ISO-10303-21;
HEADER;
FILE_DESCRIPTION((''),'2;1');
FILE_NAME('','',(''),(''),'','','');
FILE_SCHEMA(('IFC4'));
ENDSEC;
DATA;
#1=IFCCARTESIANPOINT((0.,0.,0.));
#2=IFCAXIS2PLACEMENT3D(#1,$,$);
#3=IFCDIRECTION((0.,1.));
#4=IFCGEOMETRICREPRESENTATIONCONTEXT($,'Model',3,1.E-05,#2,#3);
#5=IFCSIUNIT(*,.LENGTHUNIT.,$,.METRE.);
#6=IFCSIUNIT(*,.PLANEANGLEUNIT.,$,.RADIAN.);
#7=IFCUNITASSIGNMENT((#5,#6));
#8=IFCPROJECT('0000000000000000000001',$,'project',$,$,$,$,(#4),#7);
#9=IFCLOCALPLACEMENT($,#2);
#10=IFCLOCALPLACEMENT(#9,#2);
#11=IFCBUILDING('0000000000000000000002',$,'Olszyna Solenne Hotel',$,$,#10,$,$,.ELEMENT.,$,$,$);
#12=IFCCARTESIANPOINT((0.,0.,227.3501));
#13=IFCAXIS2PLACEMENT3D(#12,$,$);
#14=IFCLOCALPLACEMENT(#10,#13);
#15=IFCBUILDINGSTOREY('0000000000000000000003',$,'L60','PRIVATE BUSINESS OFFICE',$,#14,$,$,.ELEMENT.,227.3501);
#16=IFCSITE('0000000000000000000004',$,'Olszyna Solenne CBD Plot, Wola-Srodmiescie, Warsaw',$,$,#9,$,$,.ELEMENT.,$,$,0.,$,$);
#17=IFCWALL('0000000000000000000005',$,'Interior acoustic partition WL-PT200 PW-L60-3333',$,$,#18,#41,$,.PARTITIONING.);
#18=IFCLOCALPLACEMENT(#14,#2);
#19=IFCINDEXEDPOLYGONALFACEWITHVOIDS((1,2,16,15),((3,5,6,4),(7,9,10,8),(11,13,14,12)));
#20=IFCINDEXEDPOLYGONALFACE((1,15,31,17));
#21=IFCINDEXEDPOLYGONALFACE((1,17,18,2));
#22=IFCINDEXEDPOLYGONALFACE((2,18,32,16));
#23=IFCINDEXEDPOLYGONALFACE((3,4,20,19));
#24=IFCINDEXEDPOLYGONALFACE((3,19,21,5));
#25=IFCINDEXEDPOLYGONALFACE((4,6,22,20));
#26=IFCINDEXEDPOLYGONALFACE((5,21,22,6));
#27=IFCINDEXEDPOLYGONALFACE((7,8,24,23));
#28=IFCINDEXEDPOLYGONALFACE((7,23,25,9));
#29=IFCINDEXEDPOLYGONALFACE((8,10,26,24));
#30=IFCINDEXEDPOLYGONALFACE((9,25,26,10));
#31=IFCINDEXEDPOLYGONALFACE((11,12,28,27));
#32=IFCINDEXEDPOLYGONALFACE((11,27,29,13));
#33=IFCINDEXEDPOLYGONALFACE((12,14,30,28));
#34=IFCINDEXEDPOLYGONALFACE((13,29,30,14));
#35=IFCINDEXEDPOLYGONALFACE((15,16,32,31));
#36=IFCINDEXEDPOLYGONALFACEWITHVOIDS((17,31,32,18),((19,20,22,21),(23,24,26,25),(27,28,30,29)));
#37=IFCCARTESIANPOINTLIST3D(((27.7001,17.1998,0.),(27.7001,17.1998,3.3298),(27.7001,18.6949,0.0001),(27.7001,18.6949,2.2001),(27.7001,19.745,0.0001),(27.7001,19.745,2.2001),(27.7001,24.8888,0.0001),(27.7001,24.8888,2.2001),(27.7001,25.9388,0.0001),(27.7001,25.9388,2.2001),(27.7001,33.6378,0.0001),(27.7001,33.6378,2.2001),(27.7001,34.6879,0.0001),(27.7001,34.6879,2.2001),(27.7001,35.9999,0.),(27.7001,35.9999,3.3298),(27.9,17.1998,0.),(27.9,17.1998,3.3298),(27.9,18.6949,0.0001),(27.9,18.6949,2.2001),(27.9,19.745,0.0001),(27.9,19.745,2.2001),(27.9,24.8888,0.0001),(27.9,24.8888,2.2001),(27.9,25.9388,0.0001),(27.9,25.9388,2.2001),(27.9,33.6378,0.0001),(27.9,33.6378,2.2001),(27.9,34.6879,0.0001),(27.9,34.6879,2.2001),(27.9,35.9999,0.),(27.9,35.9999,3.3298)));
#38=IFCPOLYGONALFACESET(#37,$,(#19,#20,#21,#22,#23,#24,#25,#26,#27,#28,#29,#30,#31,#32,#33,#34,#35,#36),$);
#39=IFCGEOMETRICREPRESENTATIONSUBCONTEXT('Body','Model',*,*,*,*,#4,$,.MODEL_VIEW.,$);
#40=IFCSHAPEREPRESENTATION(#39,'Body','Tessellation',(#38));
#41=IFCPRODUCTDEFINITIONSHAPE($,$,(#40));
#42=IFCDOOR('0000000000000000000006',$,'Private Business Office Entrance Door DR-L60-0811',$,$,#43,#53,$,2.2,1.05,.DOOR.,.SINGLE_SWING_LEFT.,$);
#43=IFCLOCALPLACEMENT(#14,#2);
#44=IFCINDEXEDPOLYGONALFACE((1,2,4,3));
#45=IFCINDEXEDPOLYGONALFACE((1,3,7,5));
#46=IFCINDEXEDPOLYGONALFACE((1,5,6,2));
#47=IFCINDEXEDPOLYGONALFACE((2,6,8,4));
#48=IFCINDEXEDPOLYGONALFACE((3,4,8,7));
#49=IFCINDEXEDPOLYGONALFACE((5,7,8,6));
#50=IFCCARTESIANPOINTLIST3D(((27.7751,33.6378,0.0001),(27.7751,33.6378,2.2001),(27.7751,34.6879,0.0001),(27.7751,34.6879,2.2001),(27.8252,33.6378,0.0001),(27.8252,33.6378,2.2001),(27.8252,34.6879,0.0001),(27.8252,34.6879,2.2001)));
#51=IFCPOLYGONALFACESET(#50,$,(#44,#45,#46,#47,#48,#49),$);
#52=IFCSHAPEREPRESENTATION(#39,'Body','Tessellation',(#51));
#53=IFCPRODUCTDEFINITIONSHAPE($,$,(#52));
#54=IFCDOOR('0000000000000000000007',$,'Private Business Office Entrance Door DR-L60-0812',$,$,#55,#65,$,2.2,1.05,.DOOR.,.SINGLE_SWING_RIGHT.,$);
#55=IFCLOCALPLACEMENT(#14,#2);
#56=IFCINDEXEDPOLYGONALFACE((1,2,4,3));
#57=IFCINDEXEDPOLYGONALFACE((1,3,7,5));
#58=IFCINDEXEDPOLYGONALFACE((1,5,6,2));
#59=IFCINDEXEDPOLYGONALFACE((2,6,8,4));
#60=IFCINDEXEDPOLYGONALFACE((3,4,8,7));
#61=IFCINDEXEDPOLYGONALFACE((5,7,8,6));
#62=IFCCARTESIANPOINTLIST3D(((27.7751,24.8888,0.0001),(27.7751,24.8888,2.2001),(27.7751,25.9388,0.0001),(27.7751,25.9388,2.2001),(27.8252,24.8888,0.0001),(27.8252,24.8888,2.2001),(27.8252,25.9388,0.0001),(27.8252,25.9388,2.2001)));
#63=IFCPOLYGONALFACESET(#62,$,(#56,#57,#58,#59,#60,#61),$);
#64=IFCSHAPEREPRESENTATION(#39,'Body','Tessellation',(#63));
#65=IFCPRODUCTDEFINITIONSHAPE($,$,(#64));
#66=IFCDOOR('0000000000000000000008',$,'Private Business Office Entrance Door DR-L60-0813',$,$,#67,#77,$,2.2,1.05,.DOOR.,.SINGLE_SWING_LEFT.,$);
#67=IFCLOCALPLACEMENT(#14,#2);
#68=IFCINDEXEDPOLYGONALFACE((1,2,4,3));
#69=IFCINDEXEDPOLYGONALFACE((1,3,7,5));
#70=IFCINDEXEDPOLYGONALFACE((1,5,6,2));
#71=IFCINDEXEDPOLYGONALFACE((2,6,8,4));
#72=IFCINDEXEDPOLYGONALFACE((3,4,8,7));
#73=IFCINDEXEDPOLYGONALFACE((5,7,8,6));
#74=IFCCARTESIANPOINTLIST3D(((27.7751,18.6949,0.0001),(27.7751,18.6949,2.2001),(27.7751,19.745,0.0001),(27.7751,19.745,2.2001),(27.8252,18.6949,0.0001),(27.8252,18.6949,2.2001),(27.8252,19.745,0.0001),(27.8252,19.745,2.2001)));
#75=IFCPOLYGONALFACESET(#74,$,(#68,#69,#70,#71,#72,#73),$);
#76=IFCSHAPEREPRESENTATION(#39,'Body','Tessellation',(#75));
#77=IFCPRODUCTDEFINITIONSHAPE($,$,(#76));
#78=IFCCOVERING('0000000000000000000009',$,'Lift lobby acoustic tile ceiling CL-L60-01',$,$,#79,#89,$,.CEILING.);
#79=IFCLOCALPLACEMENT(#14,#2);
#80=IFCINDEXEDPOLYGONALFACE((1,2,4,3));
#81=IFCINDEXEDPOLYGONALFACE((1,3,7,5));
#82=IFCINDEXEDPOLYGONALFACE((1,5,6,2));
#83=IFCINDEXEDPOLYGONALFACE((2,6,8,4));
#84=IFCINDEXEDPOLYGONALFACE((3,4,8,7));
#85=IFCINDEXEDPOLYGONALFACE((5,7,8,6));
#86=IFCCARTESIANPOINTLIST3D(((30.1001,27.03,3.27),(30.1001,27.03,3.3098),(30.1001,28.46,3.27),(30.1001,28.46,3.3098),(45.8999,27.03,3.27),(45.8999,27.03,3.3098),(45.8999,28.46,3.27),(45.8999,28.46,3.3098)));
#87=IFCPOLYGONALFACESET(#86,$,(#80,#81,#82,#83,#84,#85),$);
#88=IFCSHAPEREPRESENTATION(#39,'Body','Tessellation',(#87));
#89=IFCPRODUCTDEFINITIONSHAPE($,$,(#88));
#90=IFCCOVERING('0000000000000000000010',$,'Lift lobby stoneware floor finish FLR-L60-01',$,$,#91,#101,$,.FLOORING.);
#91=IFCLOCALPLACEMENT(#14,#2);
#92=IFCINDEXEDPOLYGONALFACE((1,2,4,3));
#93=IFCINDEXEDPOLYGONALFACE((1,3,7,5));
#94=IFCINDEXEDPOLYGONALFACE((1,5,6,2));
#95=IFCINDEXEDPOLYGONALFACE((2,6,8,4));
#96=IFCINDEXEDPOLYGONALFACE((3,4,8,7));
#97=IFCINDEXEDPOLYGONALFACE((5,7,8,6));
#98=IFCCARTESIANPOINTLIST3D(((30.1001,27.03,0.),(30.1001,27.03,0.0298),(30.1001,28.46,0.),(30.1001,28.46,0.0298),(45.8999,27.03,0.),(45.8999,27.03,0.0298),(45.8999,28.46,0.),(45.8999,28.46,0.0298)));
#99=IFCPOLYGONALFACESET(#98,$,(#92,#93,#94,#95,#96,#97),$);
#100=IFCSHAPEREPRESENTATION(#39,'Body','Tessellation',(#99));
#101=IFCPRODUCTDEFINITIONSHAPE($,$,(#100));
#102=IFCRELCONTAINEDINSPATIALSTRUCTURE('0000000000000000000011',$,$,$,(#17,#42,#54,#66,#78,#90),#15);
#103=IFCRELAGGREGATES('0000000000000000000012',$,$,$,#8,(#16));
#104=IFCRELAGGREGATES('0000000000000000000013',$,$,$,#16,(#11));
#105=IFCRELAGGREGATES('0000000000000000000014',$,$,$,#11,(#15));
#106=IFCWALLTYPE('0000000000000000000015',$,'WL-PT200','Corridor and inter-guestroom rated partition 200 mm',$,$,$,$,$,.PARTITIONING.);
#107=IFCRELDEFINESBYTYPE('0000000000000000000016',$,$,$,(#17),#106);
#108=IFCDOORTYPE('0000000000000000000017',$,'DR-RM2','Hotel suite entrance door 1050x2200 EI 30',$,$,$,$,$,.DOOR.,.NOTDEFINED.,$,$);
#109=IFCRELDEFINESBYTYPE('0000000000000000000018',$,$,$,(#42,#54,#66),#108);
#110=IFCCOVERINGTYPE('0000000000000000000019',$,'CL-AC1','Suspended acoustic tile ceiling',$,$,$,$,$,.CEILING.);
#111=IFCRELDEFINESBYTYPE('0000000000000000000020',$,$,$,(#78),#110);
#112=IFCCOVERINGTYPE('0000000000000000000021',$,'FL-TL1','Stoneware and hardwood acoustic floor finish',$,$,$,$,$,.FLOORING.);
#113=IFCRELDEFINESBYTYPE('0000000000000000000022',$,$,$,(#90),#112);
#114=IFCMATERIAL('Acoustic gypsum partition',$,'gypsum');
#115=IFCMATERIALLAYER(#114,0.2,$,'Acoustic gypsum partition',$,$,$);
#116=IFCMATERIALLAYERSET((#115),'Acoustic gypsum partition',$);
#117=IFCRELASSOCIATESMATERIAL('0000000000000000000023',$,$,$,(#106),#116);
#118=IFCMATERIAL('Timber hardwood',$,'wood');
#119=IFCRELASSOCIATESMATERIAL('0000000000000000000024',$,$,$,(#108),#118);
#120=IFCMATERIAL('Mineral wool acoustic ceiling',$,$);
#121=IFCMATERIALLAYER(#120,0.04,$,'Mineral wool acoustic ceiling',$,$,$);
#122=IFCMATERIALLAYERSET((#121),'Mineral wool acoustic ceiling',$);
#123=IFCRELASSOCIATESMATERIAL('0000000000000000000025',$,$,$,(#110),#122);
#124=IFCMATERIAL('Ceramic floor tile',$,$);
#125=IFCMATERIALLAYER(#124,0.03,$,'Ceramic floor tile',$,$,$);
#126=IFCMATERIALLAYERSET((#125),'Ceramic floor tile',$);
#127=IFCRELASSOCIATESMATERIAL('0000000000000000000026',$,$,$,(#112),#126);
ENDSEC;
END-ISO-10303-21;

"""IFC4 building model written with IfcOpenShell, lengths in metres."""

from ifc_helpers import new_model, si_unit, direction, frame, frame_2d, origin, place, context, subcontext, project, spatial, polyline, rectangle, outline, extrude, source, transform, mapped, material, layer, layer_set, type_object, type_shapes, element, fill, save


model = new_model("IFC4")

# Units and contexts
model_context = context("Model", 3, precision=1e-05, world=origin(), true_north=direction((0.0, 1.0)))
body_context = subcontext(model_context, "Body", "Model", "MODEL_VIEW")
ifc_project = project(units=[si_unit("LENGTHUNIT", "METRE"), si_unit("PLANEANGLEUNIT", "RADIAN")], contexts=[model_context])

# Site, building, storey
site_placement = place(None, origin())
site = spatial("IfcSite", under=ifc_project, at=site_placement, Name="Olszyna Solenne CBD Plot, Wola-Srodmiescie, Warsaw", CompositionType="ELEMENT", RefElevation=0.0)
building_placement = place(site_placement, origin())
building = spatial("IfcBuilding", under=site, at=building_placement, Name="Olszyna Solenne Hotel", CompositionType="ELEMENT")
storey_placement = place(building_placement, frame((0.0, 0.0, 227.3501)))
storey = spatial("IfcBuildingStorey", under=building, at=storey_placement, Name="L60", Description="PRIVATE BUSINESS OFFICE", CompositionType="ELEMENT", Elevation=227.3501)

# Shared definitions
ifc_material_1 = material(Name="Acoustic gypsum partition", Category="gypsum")
ifc_layer_1 = layer(ifc_material_1, 0.2, Name="Acoustic gypsum partition")
ifc_layer_set_1 = layer_set([ifc_layer_1], Name="Acoustic gypsum partition")
wall_type_1 = type_object("IfcWallType", Name="WL-PT200", Description="Corridor and inter-guestroom rated partition 200 mm", PredefinedType="PARTITIONING", material=ifc_layer_set_1)

# Wall, openings, doors
ifc_material_2 = material(Name="Timber hardwood", Category="wood")
door_type_1 = type_object("IfcDoorType", Name="DR-RM2", Description="Hotel suite entrance door 1050x2200 EI 30", OperationType="NOTDEFINED", PredefinedType="DOOR", material=ifc_material_2)
shared_shape_1 = source(origin(), body_context, "Body", "SweptSolid", [
    extrude(rectangle(XDim=1.05, YDim=2.2, at=frame_2d((0.5249, 1.1001))), frame((0.0, 0.0249, 0.0), z_axis=(0.0, -1.0, 0.0), x_axis=(1.0, 0.0, 0.0)), (0.0, 0.0, 1.0), 0.05),
])
type_shapes(door_type_1, [shared_shape_1])
wall_1_placement = place(storey_placement, frame((27.8, 17.2, 0.0), z_axis=(0.0, 0.0, 1.0), x_axis=(0.0, 1.0, 0.0)))
wall_1 = element("IfcWall", 1, at=wall_1_placement, inside=storey, type_object=wall_type_1, Name="Interior acoustic partition WL-PT200 PW-L60-3333", PredefinedType="PARTITIONING", context=body_context, shape_type="SweptSolid", body=[
    extrude(rectangle(XDim=18.8, YDim=0.2, at=frame_2d((9.3999, 0.0))), origin(), (0.0, 0.0, 1.0), 3.3298),
])
opening_1_placement = place(wall_1_placement, frame((16.438, 0.0, 0.0)))
opening_1 = element("IfcOpeningElement", 2, at=opening_1_placement, cuts=wall_1, PredefinedType="OPENING", context=body_context, shape_type="SweptSolid", body=[
    extrude(rectangle(XDim=1.05, YDim=2.2, at=frame_2d((0.5249, 1.1001))), frame((0.0, 0.1099, 0.0), z_axis=(0.0, -1.0, 0.0), x_axis=(1.0, 0.0, 0.0)), (0.0, 0.0, 1.0), 0.22),
])
opening_2_placement = place(wall_1_placement, frame((7.689, 0.0, 0.0)))
opening_2 = element("IfcOpeningElement", 3, at=opening_2_placement, cuts=wall_1, PredefinedType="OPENING", context=body_context, shape_type="SweptSolid", body=[
    extrude(rectangle(XDim=1.05, YDim=2.2, at=frame_2d((0.5249, 1.1001))), frame((0.0, 0.1099, 0.0), z_axis=(0.0, -1.0, 0.0), x_axis=(1.0, 0.0, 0.0)), (0.0, 0.0, 1.0), 0.22),
])
opening_3_placement = place(wall_1_placement, frame((1.4951, 0.0, 0.0)))
opening_3 = element("IfcOpeningElement", 4, at=opening_3_placement, cuts=wall_1, PredefinedType="OPENING", context=body_context, shape_type="SweptSolid", body=[
    extrude(rectangle(XDim=1.05, YDim=2.2, at=frame_2d((0.5249, 1.1001))), frame((0.0, 0.1099, 0.0), z_axis=(0.0, -1.0, 0.0), x_axis=(1.0, 0.0, 0.0)), (0.0, 0.0, 1.0), 0.22),
])
door_1_placement = place(opening_1_placement, origin())
door_1 = element("IfcDoor", 5, at=door_1_placement, inside=storey, type_object=door_type_1, Name="Private Business Office Entrance Door DR-L60-0811", OperationType="SINGLE_SWING_LEFT", OverallHeight=2.2, OverallWidth=1.05, PredefinedType="DOOR", context=body_context, shape_type="MappedRepresentation", body=[
    mapped(shared_shape_1, transform((0.0, 0.0, 0.0), x_axis=(1.0, 0.0, 0.0), y_axis=(0.0, 1.0, 0.0), z_axis=(0.0, 0.0, 1.0), scale=1.0)),
])
fill(opening_1, door_1)
door_2_placement = place(opening_2_placement, origin())
door_2 = element("IfcDoor", 6, at=door_2_placement, inside=storey, type_object=door_type_1, Name="Private Business Office Entrance Door DR-L60-0812", OperationType="SINGLE_SWING_RIGHT", OverallHeight=2.2, OverallWidth=1.05, PredefinedType="DOOR", context=body_context, shape_type="MappedRepresentation", body=[
    mapped(shared_shape_1, transform((0.0, 0.0, 0.0), x_axis=(1.0, 0.0, 0.0), y_axis=(0.0, 1.0, 0.0), z_axis=(0.0, 0.0, 1.0), scale=1.0)),
])
fill(opening_2, door_2)
door_3_placement = place(opening_3_placement, origin())
door_3 = element("IfcDoor", 7, at=door_3_placement, inside=storey, type_object=door_type_1, Name="Private Business Office Entrance Door DR-L60-0813", OperationType="SINGLE_SWING_LEFT", OverallHeight=2.2, OverallWidth=1.05, PredefinedType="DOOR", context=body_context, shape_type="MappedRepresentation", body=[
    mapped(shared_shape_1, transform((0.0, 0.0, 0.0), x_axis=(1.0, 0.0, 0.0), y_axis=(0.0, 1.0, 0.0), z_axis=(0.0, 0.0, 1.0), scale=1.0)),
])
fill(opening_3, door_3)

# Coverings
ifc_material_3 = material(Name="Mineral wool acoustic ceiling")
ifc_layer_2 = layer(ifc_material_3, 0.04, Name="Mineral wool acoustic ceiling")
ifc_layer_set_2 = layer_set([ifc_layer_2], Name="Mineral wool acoustic ceiling")
covering_type_1 = type_object("IfcCoveringType", Name="CL-AC1", Description="Suspended acoustic tile ceiling", PredefinedType="CEILING", material=ifc_layer_set_2)
covering_1_placement = place(storey_placement, frame((0.0, 0.0, 3.27)))
element("IfcCovering", 8, at=covering_1_placement, inside=storey, type_object=covering_type_1, Name="Lift lobby acoustic tile ceiling CL-L60-01", PredefinedType="CEILING", context=body_context, shape_type="SweptSolid", body=[
    extrude(outline(polyline([(30.1001, 27.03), (45.8999, 27.03), (45.8999, 28.46), (30.1001, 28.46), (30.1001, 27.03)])), origin(), (0.0, 0.0, 1.0), 0.0398),
])
ifc_material_4 = material(Name="Ceramic floor tile")
ifc_layer_3 = layer(ifc_material_4, 0.03, Name="Ceramic floor tile")
ifc_layer_set_3 = layer_set([ifc_layer_3], Name="Ceramic floor tile")
covering_type_2 = type_object("IfcCoveringType", Name="FL-TL1", Description="Stoneware and hardwood acoustic floor finish", PredefinedType="FLOORING", material=ifc_layer_set_3)
covering_2_placement = place(storey_placement, origin())
element("IfcCovering", 9, at=covering_2_placement, inside=storey, type_object=covering_type_2, Name="Lift lobby stoneware floor finish FLR-L60-01", PredefinedType="FLOORING", context=body_context, shape_type="SweptSolid", body=[
    extrude(outline(polyline([(30.1001, 27.03), (45.8999, 27.03), (45.8999, 28.46), (30.1001, 28.46), (30.1001, 27.03)])), origin(), (0.0, 0.0, 1.0), 0.0298),
])

save(model, "model.ifc")
